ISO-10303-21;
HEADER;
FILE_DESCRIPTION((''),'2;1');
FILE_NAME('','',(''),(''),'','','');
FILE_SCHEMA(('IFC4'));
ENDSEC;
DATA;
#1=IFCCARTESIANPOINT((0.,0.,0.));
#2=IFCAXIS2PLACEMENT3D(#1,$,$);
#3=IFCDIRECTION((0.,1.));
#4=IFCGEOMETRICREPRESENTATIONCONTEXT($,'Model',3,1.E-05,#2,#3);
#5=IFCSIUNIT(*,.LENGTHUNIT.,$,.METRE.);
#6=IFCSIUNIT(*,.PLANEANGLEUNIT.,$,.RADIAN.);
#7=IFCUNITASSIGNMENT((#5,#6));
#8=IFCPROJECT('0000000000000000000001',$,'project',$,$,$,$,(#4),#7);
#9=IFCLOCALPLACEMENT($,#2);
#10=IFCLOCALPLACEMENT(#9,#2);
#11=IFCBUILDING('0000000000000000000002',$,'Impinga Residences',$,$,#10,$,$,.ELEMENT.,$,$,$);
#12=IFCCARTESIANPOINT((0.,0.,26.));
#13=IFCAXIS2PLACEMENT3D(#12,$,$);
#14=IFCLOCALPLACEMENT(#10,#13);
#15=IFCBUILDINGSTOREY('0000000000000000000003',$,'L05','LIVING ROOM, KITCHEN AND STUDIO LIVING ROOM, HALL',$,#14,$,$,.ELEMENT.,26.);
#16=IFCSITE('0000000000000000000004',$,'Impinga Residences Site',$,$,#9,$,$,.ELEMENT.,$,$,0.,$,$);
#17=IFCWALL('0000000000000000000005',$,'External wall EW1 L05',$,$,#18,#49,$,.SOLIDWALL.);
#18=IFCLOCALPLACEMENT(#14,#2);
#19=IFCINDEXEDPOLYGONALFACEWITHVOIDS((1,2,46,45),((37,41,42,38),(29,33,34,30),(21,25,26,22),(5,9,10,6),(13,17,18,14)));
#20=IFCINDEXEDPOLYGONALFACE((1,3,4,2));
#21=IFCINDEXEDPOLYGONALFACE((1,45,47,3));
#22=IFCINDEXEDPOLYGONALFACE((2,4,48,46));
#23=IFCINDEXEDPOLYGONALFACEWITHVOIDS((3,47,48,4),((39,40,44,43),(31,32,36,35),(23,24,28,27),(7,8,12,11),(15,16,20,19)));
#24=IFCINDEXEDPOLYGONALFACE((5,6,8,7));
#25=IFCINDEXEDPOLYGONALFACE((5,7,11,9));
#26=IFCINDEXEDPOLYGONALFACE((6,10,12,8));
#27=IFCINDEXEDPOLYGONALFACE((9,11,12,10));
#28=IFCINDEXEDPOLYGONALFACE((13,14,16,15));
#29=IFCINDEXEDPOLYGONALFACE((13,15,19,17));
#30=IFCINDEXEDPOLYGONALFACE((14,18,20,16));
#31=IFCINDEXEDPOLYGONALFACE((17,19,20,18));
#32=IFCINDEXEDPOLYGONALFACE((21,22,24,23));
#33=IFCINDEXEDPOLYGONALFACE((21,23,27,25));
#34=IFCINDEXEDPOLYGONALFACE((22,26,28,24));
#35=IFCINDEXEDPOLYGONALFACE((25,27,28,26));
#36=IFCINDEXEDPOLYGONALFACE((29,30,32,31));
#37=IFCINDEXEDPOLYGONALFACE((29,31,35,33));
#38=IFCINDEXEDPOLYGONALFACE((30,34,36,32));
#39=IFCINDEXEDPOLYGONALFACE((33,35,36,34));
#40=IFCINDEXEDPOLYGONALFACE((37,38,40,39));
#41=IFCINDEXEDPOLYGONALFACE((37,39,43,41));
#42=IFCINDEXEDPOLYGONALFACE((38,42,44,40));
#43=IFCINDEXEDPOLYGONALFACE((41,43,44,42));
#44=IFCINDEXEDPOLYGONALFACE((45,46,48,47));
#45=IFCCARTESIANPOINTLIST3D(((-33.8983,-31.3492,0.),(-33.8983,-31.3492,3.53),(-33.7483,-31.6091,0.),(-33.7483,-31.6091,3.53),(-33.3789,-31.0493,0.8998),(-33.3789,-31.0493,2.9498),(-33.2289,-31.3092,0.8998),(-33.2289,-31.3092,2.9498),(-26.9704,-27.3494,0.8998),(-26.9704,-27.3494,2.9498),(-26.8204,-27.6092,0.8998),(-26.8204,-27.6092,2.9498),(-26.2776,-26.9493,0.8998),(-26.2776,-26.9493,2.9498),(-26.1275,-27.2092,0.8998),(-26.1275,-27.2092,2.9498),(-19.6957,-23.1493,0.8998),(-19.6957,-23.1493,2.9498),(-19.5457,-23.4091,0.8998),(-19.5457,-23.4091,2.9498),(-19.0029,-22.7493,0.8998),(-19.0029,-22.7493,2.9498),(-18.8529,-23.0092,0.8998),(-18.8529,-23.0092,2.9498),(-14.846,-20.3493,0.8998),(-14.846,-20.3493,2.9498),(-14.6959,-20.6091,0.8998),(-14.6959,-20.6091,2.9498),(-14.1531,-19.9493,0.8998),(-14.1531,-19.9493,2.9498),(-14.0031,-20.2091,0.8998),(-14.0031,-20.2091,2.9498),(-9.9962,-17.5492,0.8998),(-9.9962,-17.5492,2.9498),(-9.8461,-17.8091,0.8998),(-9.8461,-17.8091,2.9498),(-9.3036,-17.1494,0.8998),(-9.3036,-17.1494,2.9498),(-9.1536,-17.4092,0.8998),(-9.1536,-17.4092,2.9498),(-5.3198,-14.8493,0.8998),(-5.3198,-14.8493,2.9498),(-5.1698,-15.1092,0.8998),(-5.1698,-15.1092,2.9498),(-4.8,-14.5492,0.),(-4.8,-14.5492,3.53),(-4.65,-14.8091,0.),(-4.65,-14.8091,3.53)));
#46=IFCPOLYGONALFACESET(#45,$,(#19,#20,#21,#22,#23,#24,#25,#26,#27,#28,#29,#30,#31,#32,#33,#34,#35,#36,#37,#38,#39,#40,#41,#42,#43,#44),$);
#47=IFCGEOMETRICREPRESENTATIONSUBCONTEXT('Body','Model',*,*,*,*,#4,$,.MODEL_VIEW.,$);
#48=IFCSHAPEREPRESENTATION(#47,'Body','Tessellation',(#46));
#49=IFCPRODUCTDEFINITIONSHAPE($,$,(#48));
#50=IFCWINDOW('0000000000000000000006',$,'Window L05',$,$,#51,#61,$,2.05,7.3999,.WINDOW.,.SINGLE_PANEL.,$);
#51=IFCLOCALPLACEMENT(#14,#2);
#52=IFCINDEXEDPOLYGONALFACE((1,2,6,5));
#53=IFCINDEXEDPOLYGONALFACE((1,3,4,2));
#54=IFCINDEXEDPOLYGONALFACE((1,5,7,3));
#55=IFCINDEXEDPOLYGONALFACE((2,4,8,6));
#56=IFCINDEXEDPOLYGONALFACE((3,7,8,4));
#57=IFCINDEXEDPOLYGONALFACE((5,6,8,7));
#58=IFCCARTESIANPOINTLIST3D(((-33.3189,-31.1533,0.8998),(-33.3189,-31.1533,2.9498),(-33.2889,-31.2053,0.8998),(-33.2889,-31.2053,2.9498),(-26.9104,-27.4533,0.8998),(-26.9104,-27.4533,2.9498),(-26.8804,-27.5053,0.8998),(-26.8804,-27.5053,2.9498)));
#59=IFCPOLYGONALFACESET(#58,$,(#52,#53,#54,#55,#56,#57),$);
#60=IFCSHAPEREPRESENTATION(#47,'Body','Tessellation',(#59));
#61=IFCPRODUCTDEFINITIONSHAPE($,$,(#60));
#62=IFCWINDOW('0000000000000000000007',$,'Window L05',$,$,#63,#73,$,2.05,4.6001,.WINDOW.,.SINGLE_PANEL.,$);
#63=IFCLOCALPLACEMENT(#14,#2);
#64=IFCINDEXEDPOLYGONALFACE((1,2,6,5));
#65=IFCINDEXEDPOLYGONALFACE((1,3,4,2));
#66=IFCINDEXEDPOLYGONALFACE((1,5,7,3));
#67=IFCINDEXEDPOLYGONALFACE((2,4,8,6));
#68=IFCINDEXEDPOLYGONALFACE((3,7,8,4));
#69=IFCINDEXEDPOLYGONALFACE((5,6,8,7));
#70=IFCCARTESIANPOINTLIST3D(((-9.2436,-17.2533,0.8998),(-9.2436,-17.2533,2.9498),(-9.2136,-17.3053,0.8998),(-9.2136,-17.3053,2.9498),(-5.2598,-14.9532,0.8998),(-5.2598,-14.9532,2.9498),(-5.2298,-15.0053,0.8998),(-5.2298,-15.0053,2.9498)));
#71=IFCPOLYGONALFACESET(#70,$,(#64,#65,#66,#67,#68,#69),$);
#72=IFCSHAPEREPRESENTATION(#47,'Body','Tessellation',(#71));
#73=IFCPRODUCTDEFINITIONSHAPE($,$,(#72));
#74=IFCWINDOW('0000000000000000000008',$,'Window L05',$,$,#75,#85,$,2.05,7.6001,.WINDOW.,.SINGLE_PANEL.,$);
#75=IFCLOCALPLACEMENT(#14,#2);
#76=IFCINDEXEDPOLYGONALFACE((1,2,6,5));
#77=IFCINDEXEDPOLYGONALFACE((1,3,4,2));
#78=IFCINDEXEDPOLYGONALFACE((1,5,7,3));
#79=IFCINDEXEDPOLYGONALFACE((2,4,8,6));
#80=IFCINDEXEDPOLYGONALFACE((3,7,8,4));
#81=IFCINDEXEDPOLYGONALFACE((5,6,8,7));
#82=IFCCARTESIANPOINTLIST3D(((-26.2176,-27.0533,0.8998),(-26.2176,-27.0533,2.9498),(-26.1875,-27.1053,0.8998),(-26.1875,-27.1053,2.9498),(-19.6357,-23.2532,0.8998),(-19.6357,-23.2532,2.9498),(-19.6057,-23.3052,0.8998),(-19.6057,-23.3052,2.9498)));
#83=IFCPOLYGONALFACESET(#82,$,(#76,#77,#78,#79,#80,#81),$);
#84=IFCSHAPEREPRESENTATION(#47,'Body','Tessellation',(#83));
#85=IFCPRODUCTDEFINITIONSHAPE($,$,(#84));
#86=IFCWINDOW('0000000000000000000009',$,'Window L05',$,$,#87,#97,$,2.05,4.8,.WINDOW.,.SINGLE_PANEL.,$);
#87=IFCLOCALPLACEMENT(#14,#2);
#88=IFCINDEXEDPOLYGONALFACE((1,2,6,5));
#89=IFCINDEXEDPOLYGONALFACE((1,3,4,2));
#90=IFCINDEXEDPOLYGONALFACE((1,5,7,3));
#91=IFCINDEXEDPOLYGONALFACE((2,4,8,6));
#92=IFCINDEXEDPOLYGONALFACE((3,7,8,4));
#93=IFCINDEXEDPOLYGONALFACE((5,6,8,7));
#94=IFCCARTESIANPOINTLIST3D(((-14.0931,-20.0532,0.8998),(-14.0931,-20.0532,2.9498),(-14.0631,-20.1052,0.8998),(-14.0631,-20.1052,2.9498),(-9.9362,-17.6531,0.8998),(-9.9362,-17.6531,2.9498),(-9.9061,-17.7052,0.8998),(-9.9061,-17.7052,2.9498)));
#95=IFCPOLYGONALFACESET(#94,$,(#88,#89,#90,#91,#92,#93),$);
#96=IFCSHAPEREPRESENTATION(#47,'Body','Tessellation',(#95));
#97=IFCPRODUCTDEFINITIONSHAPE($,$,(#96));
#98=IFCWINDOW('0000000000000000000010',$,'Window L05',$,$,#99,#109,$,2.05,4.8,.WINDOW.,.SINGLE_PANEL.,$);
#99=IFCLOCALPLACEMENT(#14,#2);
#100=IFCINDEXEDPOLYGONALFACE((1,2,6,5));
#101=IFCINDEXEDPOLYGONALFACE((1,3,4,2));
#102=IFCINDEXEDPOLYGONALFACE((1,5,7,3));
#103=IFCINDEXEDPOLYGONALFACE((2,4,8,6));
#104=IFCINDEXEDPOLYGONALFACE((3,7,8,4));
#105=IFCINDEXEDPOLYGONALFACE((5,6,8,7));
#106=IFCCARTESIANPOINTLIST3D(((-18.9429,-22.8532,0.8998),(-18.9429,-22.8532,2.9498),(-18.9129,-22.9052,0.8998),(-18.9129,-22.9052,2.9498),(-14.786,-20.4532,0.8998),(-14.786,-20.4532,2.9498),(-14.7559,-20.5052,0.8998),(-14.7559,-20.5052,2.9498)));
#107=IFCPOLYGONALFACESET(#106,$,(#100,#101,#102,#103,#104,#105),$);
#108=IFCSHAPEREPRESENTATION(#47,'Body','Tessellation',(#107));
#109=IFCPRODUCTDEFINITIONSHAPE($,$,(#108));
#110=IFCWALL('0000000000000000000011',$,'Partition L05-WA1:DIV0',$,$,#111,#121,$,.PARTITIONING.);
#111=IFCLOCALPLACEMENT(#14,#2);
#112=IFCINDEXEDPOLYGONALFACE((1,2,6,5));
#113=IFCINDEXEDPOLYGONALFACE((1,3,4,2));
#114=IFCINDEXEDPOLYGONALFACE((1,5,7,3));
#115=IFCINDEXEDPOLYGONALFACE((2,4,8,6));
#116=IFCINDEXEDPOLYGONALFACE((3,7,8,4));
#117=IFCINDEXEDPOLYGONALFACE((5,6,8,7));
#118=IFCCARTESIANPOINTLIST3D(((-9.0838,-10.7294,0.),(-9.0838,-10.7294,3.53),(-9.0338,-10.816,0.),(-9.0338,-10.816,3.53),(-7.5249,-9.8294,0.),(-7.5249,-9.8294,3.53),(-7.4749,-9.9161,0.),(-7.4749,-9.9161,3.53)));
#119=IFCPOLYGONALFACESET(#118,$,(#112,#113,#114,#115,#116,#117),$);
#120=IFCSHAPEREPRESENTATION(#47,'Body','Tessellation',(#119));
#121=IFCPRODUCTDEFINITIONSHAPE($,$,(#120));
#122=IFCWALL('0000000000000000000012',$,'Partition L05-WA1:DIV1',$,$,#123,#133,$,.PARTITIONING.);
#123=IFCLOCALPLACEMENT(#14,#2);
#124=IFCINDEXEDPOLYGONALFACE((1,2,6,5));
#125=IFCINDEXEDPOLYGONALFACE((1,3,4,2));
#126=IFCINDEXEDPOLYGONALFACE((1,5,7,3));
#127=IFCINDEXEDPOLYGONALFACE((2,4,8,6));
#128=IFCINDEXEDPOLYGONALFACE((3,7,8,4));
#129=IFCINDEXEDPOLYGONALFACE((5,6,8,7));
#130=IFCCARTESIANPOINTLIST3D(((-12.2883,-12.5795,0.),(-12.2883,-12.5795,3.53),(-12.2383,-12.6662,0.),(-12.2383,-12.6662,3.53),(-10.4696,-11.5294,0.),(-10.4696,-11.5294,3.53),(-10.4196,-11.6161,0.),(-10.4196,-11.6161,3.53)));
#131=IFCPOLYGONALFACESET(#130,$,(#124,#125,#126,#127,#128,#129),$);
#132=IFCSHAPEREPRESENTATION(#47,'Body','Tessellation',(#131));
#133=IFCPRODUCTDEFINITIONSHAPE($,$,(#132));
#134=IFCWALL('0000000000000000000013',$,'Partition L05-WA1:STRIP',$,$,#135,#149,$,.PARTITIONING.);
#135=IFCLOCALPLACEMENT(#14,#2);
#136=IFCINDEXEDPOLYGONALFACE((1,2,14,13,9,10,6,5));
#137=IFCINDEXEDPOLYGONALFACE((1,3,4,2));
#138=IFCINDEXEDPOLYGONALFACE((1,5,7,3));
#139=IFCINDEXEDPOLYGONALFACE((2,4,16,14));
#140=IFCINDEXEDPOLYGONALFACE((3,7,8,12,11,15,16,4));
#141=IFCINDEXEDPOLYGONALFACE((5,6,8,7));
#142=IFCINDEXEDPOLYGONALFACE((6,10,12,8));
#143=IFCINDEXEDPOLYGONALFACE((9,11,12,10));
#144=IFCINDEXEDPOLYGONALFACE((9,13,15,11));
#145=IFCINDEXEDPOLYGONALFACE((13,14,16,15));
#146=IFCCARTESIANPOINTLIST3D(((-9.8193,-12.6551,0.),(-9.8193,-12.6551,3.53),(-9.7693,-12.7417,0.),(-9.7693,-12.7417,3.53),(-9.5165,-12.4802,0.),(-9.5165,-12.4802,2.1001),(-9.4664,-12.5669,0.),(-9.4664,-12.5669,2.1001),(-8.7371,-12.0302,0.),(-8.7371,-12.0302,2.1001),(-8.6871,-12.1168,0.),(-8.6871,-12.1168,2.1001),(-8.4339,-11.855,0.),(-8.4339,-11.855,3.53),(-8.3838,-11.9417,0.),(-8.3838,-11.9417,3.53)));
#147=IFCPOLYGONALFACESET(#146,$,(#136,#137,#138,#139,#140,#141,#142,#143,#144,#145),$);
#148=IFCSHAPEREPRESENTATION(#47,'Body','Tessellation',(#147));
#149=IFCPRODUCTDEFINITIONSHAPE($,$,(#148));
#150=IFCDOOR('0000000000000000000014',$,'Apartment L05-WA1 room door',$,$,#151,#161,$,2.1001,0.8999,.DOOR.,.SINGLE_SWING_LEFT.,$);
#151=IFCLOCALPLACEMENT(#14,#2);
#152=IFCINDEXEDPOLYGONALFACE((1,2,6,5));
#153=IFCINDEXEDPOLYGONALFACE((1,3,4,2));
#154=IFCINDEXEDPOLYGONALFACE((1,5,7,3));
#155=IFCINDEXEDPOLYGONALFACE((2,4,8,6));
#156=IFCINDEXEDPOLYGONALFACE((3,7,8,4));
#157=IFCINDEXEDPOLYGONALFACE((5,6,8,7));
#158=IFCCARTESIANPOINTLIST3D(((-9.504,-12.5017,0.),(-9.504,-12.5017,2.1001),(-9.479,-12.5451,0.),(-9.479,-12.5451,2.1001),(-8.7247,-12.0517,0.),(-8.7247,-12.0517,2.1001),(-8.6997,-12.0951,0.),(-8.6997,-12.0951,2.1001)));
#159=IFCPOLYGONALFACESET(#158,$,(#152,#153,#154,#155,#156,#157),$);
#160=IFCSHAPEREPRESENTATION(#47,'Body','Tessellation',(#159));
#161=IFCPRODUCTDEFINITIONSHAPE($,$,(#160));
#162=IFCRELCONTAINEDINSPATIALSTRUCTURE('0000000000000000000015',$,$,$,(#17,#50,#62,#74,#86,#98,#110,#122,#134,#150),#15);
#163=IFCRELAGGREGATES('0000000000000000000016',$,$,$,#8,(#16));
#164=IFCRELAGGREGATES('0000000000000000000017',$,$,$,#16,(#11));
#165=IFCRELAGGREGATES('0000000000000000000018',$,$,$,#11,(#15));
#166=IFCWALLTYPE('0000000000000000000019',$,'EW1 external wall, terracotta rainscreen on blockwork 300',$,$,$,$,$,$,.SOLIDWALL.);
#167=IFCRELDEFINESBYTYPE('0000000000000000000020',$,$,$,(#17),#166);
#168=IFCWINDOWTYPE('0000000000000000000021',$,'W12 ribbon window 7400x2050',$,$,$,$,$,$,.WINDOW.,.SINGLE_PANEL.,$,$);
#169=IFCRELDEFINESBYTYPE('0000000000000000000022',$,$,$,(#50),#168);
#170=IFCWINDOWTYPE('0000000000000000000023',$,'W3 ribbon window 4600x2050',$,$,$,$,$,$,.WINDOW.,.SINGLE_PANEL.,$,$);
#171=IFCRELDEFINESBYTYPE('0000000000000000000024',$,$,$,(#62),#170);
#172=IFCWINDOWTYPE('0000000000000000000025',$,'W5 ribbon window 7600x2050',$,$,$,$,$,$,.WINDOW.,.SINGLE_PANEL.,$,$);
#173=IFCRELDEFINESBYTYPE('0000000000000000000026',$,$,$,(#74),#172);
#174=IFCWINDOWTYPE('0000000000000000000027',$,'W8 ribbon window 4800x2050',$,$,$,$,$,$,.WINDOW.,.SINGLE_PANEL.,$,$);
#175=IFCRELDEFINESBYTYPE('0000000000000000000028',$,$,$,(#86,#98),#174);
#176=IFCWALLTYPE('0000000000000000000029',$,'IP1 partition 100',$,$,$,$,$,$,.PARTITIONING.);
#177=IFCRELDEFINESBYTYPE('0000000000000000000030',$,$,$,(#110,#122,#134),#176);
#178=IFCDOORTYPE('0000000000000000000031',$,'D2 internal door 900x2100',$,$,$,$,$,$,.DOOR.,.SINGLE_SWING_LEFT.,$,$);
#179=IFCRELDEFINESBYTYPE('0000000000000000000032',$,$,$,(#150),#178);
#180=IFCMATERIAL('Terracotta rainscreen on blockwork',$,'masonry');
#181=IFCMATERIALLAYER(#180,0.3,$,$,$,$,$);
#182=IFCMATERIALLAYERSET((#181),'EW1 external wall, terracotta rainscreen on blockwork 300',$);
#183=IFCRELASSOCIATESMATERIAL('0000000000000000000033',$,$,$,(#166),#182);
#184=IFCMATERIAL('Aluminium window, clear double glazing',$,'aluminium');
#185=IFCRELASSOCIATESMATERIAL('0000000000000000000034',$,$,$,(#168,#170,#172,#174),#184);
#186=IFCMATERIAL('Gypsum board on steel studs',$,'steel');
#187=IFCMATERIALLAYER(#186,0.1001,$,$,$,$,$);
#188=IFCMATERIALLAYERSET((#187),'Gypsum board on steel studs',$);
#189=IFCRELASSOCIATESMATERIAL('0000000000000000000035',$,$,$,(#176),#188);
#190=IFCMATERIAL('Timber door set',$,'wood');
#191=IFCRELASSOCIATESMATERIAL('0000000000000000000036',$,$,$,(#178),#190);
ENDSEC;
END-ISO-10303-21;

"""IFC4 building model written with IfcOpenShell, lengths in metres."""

from ifc_helpers import new_model, si_unit, direction, frame, frame_2d, origin, place, context, subcontext, project, spatial, rectangle, extrude, material, layer, layer_set, type_object, element, fill, save


model = new_model("IFC4")

# Units and contexts
model_context = context("Model", 3, precision=1e-05, world=origin(), true_north=direction((0.0, 1.0)))
body_context = subcontext(model_context, "Body", "Model", "MODEL_VIEW")
ifc_project = project(units=[si_unit("LENGTHUNIT", "METRE"), si_unit("PLANEANGLEUNIT", "RADIAN")], contexts=[model_context])

# Site, building, storey
site_placement = place(None, origin())
site = spatial("IfcSite", under=ifc_project, at=site_placement, Name="Impinga Residences Site", CompositionType="ELEMENT", RefElevation=0.0)
building_placement = place(site_placement, origin())
building = spatial("IfcBuilding", under=site, at=building_placement, Name="Impinga Residences", CompositionType="ELEMENT")
storey_placement = place(building_placement, frame((0.0, 0.0, 26.0)))
storey = spatial("IfcBuildingStorey", under=building, at=storey_placement, Name="L05", Description="LIVING ROOM, KITCHEN AND STUDIO LIVING ROOM, HALL", CompositionType="ELEMENT", Elevation=26.0)

# Shared definitions
ifc_material_1 = material(Name="Timber door set", Category="wood")

# Shared definitions
ifc_material_2 = material(Name="Terracotta rainscreen on blockwork", Category="masonry")
ifc_layer_1 = layer(ifc_material_2, 0.3)
ifc_layer_set_1 = layer_set([ifc_layer_1], Name="EW1 external wall, terracotta rainscreen on blockwork 300")
wall_type_1 = type_object("IfcWallType", Name="EW1 external wall, terracotta rainscreen on blockwork 300", PredefinedType="SOLIDWALL", material=ifc_layer_set_1)

# Wall, openings, windows
wall_1_placement = place(storey_placement, frame((-4.7251, -14.6792, 0.0), z_axis=(0.0, 0.0, 1.0), x_axis=(-0.866024, -0.500002, 0.0)))
wall_1 = element("IfcWall", 1, at=wall_1_placement, inside=storey, type_object=wall_type_1, Name="External wall EW1 L05", PredefinedType="SOLIDWALL", context=body_context, shape_type="SweptSolid", body=[
    extrude(rectangle(XDim=33.5999, YDim=0.3, at=frame_2d((16.7998, 0.0))), origin(), (0.0, 0.0, 1.0), 3.53),
])
opening_1_placement = place(wall_1_placement, frame((0.6001, 0.0, 0.8999)))
opening_1 = element("IfcOpeningElement", 2, at=opening_1_placement, cuts=wall_1, PredefinedType="OPENING", context=body_context, shape_type="SweptSolid", body=[
    extrude(rectangle(XDim=4.6001, YDim=2.05, at=frame_2d((2.3, 1.0249))), frame((0.0, 0.1599, 0.0), z_axis=(0.0, -1.0, 0.0), x_axis=(1.0, 0.0, 0.0)), (0.0, 0.0, 1.0), 0.3201),
])
opening_2_placement = place(wall_1_placement, frame((6.0, 0.0, 0.8999)))
opening_2 = element("IfcOpeningElement", 3, at=opening_2_placement, cuts=wall_1, PredefinedType="OPENING", context=body_context, shape_type="SweptSolid", body=[
    extrude(rectangle(XDim=4.8, YDim=2.05, at=frame_2d((2.3999, 1.0249))), frame((0.0, 0.1599, 0.0), z_axis=(0.0, -1.0, 0.0), x_axis=(1.0, 0.0, 0.0)), (0.0, 0.0, 1.0), 0.3201),
])
opening_3_placement = place(wall_1_placement, frame((11.6001, 0.0, 0.8999)))
opening_3 = element("IfcOpeningElement", 4, at=opening_3_placement, cuts=wall_1, PredefinedType="OPENING", context=body_context, shape_type="SweptSolid", body=[
    extrude(rectangle(XDim=4.8, YDim=2.05, at=frame_2d((2.3999, 1.0249))), frame((0.0, 0.1599, 0.0), z_axis=(0.0, -1.0, 0.0), x_axis=(1.0, 0.0, 0.0)), (0.0, 0.0, 1.0), 0.3201),
])
opening_4_placement = place(wall_1_placement, frame((17.2, 0.0, 0.8999)))
opening_4 = element("IfcOpeningElement", 5, at=opening_4_placement, cuts=wall_1, PredefinedType="OPENING", context=body_context, shape_type="SweptSolid", body=[
    extrude(rectangle(XDim=7.6001, YDim=2.05, at=frame_2d((3.8, 1.0249))), frame((0.0, 0.1599, 0.0), z_axis=(0.0, -1.0, 0.0), x_axis=(1.0, 0.0, 0.0)), (0.0, 0.0, 1.0), 0.3201),
])
opening_5_placement = place(wall_1_placement, frame((25.6001, 0.0, 0.8999)))
opening_5 = element("IfcOpeningElement", 6, at=opening_5_placement, cuts=wall_1, PredefinedType="OPENING", context=body_context, shape_type="SweptSolid", body=[
    extrude(rectangle(XDim=7.3999, YDim=2.05, at=frame_2d((3.7, 1.0249))), frame((0.0, 0.1599, 0.0), z_axis=(0.0, -1.0, 0.0), x_axis=(1.0, 0.0, 0.0)), (0.0, 0.0, 1.0), 0.3201),
])
ifc_material_3 = material(Name="Aluminium window, clear double glazing", Category="aluminium")
window_type_1 = type_object("IfcWindowType", Name="W12 ribbon window 7400x2050", PartitioningType="SINGLE_PANEL", PredefinedType="WINDOW", material=ifc_material_3)
window_1_placement = place(opening_5_placement, origin())
window_1 = element("IfcWindow", 7, at=window_1_placement, inside=storey, type_object=window_type_1, Name="Window L05", OverallHeight=2.05, OverallWidth=7.3999, PartitioningType="SINGLE_PANEL", PredefinedType="WINDOW", context=body_context, shape_type="SweptSolid", body=[
    extrude(rectangle(XDim=7.3999, YDim=2.05, at=frame_2d((3.7, 1.0249))), frame((0.0, 0.03, 0.0), z_axis=(0.0, -1.0, 0.0), x_axis=(1.0, 0.0, 0.0)), (0.0, 0.0, 1.0), 0.0601),
])
fill(opening_5, window_1)
window_type_2 = type_object("IfcWindowType", Name="W3 ribbon window 4600x2050", PartitioningType="SINGLE_PANEL", PredefinedType="WINDOW", material=ifc_material_3)
window_2_placement = place(opening_1_placement, origin())
window_2 = element("IfcWindow", 8, at=window_2_placement, inside=storey, type_object=window_type_2, Name="Window L05", OverallHeight=2.05, OverallWidth=4.6001, PartitioningType="SINGLE_PANEL", PredefinedType="WINDOW", context=body_context, shape_type="SweptSolid", body=[
    extrude(rectangle(XDim=4.6001, YDim=2.05, at=frame_2d((2.3, 1.0249))), frame((0.0, 0.03, 0.0), z_axis=(0.0, -1.0, 0.0), x_axis=(1.0, 0.0, 0.0)), (0.0, 0.0, 1.0), 0.0601),
])
fill(opening_1, window_2)
window_type_3 = type_object("IfcWindowType", Name="W5 ribbon window 7600x2050", PartitioningType="SINGLE_PANEL", PredefinedType="WINDOW", material=ifc_material_3)
window_3_placement = place(opening_4_placement, origin())
window_3 = element("IfcWindow", 9, at=window_3_placement, inside=storey, type_object=window_type_3, Name="Window L05", OverallHeight=2.05, OverallWidth=7.6001, PartitioningType="SINGLE_PANEL", PredefinedType="WINDOW", context=body_context, shape_type="SweptSolid", body=[
    extrude(rectangle(XDim=7.6001, YDim=2.05, at=frame_2d((3.8, 1.0249))), frame((0.0, 0.03, 0.0), z_axis=(0.0, -1.0, 0.0), x_axis=(1.0, 0.0, 0.0)), (0.0, 0.0, 1.0), 0.0601),
])
fill(opening_4, window_3)
window_type_4 = type_object("IfcWindowType", Name="W8 ribbon window 4800x2050", PartitioningType="SINGLE_PANEL", PredefinedType="WINDOW", material=ifc_material_3)
window_4_placement = place(opening_2_placement, origin())
window_4 = element("IfcWindow", 10, at=window_4_placement, inside=storey, type_object=window_type_4, Name="Window L05", OverallHeight=2.05, OverallWidth=4.8, PartitioningType="SINGLE_PANEL", PredefinedType="WINDOW", context=body_context, shape_type="SweptSolid", body=[
    extrude(rectangle(XDim=4.8, YDim=2.05, at=frame_2d((2.3999, 1.0249))), frame((0.0, 0.03, 0.0), z_axis=(0.0, -1.0, 0.0), x_axis=(1.0, 0.0, 0.0)), (0.0, 0.0, 1.0), 0.0601),
])
fill(opening_2, window_4)
window_5_placement = place(opening_3_placement, origin())
window_5 = element("IfcWindow", 11, at=window_5_placement, inside=storey, type_object=window_type_4, Name="Window L05", OverallHeight=2.05, OverallWidth=4.8, PartitioningType="SINGLE_PANEL", PredefinedType="WINDOW", context=body_context, shape_type="SweptSolid", body=[
    extrude(rectangle(XDim=4.8, YDim=2.05, at=frame_2d((2.3999, 1.0249))), frame((0.0, 0.03, 0.0), z_axis=(0.0, -1.0, 0.0), x_axis=(1.0, 0.0, 0.0)), (0.0, 0.0, 1.0), 0.0601),
])
fill(opening_3, window_5)

# Walls
ifc_material_4 = material(Name="Gypsum board on steel studs", Category="steel")
ifc_layer_2 = layer(ifc_material_4, 0.1001)
ifc_layer_set_2 = layer_set([ifc_layer_2], Name="Gypsum board on steel studs")
wall_type_2 = type_object("IfcWallType", Name="IP1 partition 100", PredefinedType="PARTITIONING", material=ifc_layer_set_2)
wall_2_placement = place(storey_placement, frame((-7.5, -9.8728, 0.0), z_axis=(0.0, 0.0, 1.0), x_axis=(-0.866048, -0.499961, 0.0)))
element("IfcWall", 12, at=wall_2_placement, inside=storey, type_object=wall_type_2, Name="Partition L05-WA1:DIV0", PredefinedType="PARTITIONING", context=body_context, shape_type="SweptSolid", body=[
    extrude(rectangle(XDim=1.8, YDim=0.1001, at=frame_2d((0.8999, 0.0))), origin(), (0.0, 0.0, 1.0), 3.53),
])
wall_3_placement = place(storey_placement, frame((-10.4446, -11.5728, 0.0), z_axis=(0.0, 0.0, 1.0), x_axis=(-0.866009, -0.500028, 0.0)))
element("IfcWall", 13, at=wall_3_placement, inside=storey, type_object=wall_type_2, Name="Partition L05-WA1:DIV1", PredefinedType="PARTITIONING", context=body_context, shape_type="SweptSolid", body=[
    extrude(rectangle(XDim=2.1001, YDim=0.1001, at=frame_2d((1.05, 0.0))), origin(), (0.0, 0.0, 1.0), 3.53),
])

# Wall, opening, door
wall_4_placement = place(storey_placement, frame((-8.4089, -11.8984, 0.0), z_axis=(0.0, 0.0, 1.0), x_axis=(-0.86599, -0.500061, 0.0)))
wall_4 = element("IfcWall", 14, at=wall_4_placement, inside=storey, type_object=wall_type_2, Name="Partition L05-WA1:STRIP", PredefinedType="PARTITIONING", context=body_context, shape_type="SweptSolid", body=[
    extrude(rectangle(XDim=1.5999, YDim=0.1001, at=frame_2d((0.7998, 0.0))), origin(), (0.0, 0.0, 1.0), 3.53),
])
opening_6_placement = place(wall_4_placement, frame((0.3501, 0.0, 0.0)))
opening_6 = element("IfcOpeningElement", 15, at=opening_6_placement, cuts=wall_4, PredefinedType="OPENING", context=body_context, shape_type="SweptSolid", body=[
    extrude(rectangle(XDim=0.8999, YDim=2.1001, at=frame_2d((0.45, 1.05))), frame((0.0, 0.0601, 0.0), z_axis=(0.0, -1.0, 0.0), x_axis=(1.0, 0.0, 0.0)), (0.0, 0.0, 1.0), 0.1201),
])
door_type_1 = type_object("IfcDoorType", Name="D2 internal door 900x2100", OperationType="SINGLE_SWING_LEFT", PredefinedType="DOOR", material=ifc_material_1)
door_1_placement = place(opening_6_placement, origin())
door_1 = element("IfcDoor", 16, at=door_1_placement, inside=storey, type_object=door_type_1, Name="Apartment L05-WA1 room door", OperationType="SINGLE_SWING_LEFT", OverallHeight=2.1001, OverallWidth=0.8999, PredefinedType="DOOR", context=body_context, shape_type="SweptSolid", body=[
    extrude(rectangle(XDim=0.8999, YDim=2.1001, at=frame_2d((0.45, 1.05))), frame((0.0, 0.0249, 0.0), z_axis=(0.0, -1.0, 0.0), x_axis=(1.0, 0.0, 0.0)), (0.0, 0.0, 1.0), 0.05),
])
fill(opening_6, door_1)

save(model, "model.ifc")
